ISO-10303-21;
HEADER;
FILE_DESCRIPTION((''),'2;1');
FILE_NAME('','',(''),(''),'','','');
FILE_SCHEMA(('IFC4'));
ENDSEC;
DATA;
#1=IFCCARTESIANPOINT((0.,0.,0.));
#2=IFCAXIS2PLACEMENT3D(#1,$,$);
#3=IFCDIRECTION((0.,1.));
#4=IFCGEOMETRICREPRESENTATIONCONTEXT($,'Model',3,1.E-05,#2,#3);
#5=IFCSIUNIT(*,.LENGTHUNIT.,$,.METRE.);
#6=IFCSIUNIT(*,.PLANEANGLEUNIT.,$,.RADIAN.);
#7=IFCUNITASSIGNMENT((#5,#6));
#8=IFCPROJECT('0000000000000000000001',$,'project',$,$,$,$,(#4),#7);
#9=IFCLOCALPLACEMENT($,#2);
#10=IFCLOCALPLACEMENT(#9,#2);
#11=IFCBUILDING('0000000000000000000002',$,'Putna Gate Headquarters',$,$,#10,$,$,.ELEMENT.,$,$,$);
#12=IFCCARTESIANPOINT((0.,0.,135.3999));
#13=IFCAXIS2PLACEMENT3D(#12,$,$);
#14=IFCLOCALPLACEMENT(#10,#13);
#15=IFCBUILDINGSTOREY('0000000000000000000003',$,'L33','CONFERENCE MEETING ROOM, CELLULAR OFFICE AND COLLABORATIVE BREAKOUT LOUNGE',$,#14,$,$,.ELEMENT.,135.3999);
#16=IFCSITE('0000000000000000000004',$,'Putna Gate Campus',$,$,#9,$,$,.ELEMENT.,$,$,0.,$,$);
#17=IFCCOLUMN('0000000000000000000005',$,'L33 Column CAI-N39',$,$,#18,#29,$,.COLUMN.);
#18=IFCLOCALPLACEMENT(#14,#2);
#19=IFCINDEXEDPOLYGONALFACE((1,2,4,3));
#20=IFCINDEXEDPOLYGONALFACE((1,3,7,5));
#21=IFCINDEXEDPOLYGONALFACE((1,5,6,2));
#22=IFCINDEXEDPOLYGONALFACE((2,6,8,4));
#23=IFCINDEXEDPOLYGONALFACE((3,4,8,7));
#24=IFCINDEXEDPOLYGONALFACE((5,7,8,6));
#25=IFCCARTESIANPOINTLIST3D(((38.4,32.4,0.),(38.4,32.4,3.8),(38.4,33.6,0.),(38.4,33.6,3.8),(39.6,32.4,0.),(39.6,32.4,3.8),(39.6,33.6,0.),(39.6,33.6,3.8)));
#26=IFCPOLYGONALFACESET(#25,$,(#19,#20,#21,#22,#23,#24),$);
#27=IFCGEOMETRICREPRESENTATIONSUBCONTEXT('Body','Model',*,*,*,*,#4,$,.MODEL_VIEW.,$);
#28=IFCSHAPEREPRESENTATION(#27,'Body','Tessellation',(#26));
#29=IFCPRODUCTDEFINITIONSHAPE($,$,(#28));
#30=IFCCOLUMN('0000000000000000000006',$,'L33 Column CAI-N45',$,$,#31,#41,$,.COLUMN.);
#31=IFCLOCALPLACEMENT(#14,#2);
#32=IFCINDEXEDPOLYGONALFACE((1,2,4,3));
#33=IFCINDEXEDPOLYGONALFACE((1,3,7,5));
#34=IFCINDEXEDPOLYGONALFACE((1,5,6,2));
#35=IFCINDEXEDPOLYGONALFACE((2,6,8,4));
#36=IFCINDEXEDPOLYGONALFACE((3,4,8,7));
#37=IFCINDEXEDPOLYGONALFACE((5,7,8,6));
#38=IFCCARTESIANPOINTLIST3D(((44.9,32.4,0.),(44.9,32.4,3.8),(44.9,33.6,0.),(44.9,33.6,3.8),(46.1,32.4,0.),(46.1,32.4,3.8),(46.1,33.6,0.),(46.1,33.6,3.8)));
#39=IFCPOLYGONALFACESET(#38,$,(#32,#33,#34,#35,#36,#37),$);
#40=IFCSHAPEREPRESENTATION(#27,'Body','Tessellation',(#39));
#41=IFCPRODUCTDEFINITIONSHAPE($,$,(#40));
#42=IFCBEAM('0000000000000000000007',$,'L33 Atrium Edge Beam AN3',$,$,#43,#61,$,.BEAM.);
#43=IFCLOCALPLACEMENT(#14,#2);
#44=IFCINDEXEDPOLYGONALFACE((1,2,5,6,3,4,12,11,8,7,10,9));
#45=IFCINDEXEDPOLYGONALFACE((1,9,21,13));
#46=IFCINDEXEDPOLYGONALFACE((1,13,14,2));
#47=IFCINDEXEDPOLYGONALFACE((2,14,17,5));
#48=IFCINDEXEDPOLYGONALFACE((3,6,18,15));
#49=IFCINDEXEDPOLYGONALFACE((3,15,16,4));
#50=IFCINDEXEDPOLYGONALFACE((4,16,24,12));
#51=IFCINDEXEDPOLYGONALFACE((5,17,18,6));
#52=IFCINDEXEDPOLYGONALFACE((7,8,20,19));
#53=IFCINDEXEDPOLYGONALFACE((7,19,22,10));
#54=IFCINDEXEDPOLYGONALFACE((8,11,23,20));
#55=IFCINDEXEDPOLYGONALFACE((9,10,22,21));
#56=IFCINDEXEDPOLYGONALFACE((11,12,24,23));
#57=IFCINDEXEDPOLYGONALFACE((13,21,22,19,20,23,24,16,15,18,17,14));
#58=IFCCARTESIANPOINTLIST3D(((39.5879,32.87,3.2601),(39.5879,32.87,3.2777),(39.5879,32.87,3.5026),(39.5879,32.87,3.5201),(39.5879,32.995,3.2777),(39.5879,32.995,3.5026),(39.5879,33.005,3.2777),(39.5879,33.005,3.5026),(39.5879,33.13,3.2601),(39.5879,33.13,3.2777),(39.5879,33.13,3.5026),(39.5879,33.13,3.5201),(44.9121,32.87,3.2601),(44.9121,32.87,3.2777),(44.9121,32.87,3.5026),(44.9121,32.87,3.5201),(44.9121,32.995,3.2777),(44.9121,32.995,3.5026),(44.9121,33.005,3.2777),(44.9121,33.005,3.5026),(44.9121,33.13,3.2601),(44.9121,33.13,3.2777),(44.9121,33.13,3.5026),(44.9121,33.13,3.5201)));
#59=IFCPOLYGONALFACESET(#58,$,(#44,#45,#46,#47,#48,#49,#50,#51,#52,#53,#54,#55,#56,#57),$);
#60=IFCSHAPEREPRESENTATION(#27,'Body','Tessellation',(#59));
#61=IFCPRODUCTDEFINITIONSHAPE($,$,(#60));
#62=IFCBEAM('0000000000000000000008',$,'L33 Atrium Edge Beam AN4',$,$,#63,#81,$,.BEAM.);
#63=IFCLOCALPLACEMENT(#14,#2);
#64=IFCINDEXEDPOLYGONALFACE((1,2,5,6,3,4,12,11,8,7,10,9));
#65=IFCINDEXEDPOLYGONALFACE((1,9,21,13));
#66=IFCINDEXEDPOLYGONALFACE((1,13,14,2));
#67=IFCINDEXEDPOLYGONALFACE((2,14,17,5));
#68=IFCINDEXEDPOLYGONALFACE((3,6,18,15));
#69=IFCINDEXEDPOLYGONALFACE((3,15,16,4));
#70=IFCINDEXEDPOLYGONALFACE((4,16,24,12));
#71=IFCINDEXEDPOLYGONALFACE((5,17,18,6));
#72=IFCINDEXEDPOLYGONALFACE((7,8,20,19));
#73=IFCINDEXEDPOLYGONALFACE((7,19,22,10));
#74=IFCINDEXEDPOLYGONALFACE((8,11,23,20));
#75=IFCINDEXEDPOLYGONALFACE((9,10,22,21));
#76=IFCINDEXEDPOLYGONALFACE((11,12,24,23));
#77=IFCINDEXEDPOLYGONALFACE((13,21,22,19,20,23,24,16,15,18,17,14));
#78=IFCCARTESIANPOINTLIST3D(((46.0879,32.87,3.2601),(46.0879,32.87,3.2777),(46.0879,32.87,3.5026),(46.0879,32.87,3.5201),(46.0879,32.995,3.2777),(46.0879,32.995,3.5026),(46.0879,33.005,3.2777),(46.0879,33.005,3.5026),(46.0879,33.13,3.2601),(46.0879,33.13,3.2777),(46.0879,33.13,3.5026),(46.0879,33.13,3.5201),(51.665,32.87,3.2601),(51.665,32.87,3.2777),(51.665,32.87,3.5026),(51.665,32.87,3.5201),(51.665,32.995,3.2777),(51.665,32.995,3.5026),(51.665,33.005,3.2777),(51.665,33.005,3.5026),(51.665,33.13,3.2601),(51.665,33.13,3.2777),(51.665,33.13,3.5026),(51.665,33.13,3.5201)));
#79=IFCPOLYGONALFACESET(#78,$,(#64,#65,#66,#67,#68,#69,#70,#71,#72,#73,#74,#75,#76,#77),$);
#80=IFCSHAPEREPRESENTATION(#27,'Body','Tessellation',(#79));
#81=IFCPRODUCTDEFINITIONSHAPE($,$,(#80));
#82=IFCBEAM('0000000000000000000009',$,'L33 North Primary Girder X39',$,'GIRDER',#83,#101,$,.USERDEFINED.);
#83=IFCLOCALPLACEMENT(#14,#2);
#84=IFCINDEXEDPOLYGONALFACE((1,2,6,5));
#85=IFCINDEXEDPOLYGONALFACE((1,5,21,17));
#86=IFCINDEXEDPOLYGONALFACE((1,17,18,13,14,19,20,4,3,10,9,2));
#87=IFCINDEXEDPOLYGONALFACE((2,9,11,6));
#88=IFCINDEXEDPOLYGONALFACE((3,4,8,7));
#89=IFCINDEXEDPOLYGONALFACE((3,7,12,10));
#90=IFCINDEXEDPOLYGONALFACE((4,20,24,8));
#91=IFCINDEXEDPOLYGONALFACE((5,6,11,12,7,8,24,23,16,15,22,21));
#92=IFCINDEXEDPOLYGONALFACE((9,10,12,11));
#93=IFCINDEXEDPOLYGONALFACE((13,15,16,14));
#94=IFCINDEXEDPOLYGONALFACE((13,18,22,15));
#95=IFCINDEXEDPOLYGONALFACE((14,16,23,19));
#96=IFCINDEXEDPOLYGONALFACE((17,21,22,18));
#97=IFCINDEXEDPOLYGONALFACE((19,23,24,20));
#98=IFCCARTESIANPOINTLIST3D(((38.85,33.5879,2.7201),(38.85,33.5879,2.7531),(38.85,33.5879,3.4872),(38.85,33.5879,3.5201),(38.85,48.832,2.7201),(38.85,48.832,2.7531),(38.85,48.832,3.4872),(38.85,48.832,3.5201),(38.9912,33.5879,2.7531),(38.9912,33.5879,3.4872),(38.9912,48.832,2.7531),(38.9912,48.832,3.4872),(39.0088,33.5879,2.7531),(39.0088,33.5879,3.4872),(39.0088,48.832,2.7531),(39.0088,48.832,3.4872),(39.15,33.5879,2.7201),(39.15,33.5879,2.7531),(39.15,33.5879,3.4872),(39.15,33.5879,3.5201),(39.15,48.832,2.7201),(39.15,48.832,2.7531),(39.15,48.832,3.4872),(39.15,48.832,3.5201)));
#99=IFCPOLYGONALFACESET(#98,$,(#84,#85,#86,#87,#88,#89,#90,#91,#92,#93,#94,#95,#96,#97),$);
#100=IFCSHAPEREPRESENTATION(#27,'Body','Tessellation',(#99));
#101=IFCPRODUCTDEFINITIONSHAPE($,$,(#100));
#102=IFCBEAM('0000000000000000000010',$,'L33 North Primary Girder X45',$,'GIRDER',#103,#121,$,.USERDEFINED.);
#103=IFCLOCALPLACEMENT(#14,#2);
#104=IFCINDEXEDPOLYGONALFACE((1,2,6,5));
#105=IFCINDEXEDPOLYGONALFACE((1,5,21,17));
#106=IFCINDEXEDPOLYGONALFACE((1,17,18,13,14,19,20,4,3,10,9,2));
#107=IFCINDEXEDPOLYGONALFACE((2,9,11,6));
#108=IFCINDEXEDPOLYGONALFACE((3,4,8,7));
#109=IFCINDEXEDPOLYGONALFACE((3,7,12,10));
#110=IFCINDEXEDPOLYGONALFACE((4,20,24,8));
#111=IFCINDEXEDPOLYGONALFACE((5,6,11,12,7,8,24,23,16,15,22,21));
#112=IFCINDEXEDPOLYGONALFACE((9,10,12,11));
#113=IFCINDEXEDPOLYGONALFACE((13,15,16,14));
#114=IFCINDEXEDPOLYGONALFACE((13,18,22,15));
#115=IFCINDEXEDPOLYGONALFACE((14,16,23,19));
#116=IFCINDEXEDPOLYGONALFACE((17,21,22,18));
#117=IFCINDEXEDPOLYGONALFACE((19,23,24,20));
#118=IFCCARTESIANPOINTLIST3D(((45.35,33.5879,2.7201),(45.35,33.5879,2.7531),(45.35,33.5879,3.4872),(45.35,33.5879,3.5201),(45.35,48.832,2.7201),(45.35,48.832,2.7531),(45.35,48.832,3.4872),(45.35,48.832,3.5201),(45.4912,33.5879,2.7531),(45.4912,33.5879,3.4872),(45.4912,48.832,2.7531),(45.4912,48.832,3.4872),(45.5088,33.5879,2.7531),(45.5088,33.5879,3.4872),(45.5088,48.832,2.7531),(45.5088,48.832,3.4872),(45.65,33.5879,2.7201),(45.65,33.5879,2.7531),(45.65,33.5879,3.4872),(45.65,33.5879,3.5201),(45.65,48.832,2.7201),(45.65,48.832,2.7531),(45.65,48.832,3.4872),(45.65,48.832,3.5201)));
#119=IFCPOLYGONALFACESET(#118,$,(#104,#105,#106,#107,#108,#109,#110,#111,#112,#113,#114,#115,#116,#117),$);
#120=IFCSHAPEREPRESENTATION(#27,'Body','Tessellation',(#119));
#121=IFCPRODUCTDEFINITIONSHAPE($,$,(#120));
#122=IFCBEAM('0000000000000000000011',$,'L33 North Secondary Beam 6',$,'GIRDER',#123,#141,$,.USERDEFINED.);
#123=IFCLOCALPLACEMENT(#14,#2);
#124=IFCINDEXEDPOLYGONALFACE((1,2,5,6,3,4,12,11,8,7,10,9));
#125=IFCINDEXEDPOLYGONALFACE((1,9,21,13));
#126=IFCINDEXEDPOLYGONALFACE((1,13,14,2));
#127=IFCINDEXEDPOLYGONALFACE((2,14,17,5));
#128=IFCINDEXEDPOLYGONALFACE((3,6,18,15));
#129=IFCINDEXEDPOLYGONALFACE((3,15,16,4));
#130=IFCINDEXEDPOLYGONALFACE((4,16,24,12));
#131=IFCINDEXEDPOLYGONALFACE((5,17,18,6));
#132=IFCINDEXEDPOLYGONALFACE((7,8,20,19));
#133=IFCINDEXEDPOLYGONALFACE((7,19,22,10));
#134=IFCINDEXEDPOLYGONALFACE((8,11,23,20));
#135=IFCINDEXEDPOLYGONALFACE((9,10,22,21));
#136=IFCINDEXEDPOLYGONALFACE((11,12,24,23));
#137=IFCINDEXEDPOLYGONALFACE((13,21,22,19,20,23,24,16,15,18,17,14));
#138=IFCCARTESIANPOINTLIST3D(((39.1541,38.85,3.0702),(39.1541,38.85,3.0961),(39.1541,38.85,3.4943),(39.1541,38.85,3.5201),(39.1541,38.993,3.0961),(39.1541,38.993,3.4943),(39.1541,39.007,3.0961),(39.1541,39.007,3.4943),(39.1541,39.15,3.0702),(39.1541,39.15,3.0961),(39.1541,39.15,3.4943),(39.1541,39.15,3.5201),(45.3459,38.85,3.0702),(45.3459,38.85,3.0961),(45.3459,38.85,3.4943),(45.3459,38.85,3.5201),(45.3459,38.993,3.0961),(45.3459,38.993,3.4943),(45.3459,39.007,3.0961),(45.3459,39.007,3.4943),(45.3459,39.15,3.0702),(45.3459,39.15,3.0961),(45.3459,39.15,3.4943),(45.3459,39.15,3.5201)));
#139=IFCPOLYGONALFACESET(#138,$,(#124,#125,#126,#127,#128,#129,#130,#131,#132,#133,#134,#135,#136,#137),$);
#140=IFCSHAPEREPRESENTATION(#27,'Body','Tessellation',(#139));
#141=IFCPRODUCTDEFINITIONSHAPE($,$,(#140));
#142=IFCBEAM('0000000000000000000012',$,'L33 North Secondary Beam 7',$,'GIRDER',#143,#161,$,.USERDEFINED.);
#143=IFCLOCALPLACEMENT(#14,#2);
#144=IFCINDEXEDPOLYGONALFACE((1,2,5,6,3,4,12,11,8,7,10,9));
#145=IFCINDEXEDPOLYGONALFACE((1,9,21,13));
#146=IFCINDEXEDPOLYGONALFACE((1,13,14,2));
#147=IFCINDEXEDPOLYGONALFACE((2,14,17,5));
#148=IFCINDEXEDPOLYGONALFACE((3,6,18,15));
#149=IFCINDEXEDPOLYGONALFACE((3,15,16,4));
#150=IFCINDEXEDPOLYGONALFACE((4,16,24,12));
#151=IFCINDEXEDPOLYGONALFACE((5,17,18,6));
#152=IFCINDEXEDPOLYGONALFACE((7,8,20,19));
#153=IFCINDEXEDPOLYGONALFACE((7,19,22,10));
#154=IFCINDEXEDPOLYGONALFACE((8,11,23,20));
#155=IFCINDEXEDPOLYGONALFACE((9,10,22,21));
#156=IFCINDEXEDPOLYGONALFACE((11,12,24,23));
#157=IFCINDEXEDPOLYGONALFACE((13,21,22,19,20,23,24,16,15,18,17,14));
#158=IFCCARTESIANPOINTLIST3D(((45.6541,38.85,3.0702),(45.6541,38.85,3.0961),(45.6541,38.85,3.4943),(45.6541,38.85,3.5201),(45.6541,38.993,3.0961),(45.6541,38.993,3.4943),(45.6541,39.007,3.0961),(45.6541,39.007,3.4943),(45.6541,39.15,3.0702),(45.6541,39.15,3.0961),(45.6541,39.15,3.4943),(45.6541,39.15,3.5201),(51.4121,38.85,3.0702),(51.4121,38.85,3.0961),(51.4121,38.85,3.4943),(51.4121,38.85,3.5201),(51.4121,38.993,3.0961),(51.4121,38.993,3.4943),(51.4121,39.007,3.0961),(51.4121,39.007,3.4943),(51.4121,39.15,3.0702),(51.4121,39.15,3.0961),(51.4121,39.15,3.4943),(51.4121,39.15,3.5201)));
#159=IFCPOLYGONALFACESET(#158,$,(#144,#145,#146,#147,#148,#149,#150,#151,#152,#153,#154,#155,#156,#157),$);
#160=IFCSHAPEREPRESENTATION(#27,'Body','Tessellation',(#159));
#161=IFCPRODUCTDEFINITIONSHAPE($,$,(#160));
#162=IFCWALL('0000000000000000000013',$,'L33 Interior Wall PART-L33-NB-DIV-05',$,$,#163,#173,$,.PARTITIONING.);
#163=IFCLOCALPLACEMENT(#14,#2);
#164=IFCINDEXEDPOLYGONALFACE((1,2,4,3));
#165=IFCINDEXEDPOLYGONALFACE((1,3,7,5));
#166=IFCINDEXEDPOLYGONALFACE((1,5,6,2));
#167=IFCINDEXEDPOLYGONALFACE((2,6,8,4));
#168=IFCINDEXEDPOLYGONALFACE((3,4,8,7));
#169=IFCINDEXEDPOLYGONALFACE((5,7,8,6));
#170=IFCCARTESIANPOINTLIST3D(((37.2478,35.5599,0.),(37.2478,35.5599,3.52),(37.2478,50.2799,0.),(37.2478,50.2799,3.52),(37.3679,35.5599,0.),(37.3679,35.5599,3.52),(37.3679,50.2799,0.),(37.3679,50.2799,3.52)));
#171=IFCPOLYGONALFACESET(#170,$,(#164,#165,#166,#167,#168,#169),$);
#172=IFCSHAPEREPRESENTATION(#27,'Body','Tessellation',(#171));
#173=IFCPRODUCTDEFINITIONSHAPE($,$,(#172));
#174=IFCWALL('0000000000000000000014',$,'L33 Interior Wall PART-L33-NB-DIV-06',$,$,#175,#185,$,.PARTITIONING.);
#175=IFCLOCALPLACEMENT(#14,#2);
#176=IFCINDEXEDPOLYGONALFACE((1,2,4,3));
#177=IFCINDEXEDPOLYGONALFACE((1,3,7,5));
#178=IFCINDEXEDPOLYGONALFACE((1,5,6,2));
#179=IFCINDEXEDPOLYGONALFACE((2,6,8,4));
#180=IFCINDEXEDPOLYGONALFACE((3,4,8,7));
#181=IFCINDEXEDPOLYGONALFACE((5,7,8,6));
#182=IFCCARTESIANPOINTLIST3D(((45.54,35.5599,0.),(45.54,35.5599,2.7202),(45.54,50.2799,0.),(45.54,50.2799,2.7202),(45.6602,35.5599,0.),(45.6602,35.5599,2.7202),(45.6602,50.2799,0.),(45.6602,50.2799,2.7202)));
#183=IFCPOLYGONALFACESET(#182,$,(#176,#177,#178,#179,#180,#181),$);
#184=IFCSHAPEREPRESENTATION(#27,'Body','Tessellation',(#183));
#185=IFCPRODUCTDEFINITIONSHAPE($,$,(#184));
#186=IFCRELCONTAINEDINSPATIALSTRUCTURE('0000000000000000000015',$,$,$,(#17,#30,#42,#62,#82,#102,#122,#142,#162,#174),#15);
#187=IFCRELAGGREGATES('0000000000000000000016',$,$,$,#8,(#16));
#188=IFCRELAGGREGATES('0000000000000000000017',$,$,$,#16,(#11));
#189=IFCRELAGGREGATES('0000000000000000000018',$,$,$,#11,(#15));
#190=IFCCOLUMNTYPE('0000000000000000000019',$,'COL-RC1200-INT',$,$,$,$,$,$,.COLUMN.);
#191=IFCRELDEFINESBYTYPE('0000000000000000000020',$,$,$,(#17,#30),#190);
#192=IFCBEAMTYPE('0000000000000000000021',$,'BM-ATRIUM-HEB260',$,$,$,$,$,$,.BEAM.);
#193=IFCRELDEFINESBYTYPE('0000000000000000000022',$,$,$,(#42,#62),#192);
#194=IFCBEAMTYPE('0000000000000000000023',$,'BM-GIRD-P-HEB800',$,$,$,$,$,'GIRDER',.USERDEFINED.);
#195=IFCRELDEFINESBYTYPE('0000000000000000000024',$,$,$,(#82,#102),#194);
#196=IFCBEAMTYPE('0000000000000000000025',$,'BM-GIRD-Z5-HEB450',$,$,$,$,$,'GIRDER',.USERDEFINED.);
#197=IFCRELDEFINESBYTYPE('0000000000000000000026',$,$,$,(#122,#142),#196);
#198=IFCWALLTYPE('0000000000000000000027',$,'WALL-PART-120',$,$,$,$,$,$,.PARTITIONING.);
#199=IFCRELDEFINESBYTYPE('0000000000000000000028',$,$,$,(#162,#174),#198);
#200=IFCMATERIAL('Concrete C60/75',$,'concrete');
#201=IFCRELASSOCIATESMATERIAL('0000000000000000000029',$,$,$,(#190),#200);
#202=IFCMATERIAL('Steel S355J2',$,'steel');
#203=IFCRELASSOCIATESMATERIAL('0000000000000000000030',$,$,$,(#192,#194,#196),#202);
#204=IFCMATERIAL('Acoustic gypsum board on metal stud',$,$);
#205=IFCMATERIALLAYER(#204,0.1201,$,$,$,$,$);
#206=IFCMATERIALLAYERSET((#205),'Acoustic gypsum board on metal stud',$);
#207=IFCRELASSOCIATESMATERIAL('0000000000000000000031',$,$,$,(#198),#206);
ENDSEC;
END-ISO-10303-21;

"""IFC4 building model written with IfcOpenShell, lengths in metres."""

from ifc_helpers import new_model, si_unit, direction, frame, frame_2d, origin, origin_2d, place, context, subcontext, project, spatial, rectangle, i_section, extrude, material, layer, layer_set, material_profile, profile_set, type_object, element, save


model = new_model("IFC4")

# Units and contexts
model_context = context("Model", 3, precision=1e-05, world=origin(), true_north=direction((0.0, 1.0)))
body_context = subcontext(model_context, "Body", "Model", "MODEL_VIEW")
ifc_project = project(units=[si_unit("LENGTHUNIT", "METRE"), si_unit("PLANEANGLEUNIT", "RADIAN")], contexts=[model_context])

# Site, building, storey
site_placement = place(None, origin())
site = spatial("IfcSite", under=ifc_project, at=site_placement, Name="Putna Gate Campus", CompositionType="ELEMENT", RefElevation=0.0)
building_placement = place(site_placement, origin())
building = spatial("IfcBuilding", under=site, at=building_placement, Name="Putna Gate Headquarters", CompositionType="ELEMENT")
storey_placement = place(building_placement, frame((0.0, 0.0, 135.3999)))
storey = spatial("IfcBuildingStorey", under=building, at=storey_placement, Name="L33", Description="CONFERENCE MEETING ROOM, CELLULAR OFFICE AND COLLABORATIVE BREAKOUT LOUNGE", CompositionType="ELEMENT", Elevation=135.3999)

# Columns
ifc_material_1 = material(Name="Concrete C60/75", Category="concrete")
ifc_material_profile_1 = material_profile(ifc_material_1, rectangle(XDim=1.2, YDim=1.2, at=origin_2d()), Name="Concrete C60/75")
ifc_profile_set_1 = profile_set([ifc_material_profile_1], Name="Concrete C60/75")
column_type = type_object("IfcColumnType", Name="COL-RC1200-INT", PredefinedType="COLUMN", material=ifc_profile_set_1)
for number, where, z_axis, x_axis, name in (
    (1, (39.0, 33.0, 0.0), (0.0, 0.0, 1.0), (1.0, 0.0, 0.0), "L33 Column CAI-N39"),
    (2, (45.5, 33.0, 0.0), (0.0, 0.0, 1.0), (1.0, 0.0, 0.0), "L33 Column CAI-N45"),
):
    element("IfcColumn", number, at=place(storey_placement, frame(where, z_axis=z_axis, x_axis=x_axis)), inside=storey, type_object=column_type, Name=name, PredefinedType="COLUMN", context=body_context, shape_type="SweptSolid", body=[
        extrude(rectangle(XDim=1.2, YDim=1.2, at=origin_2d()), origin(), (0.0, 0.0, 1.0), 3.8),
    ])

# Beams
ifc_material_2 = material(Name="Steel S355J2", Category="steel")
ifc_material_profile_2 = material_profile(ifc_material_2, i_section(OverallWidth=0.26, OverallDepth=0.26, WebThickness=0.01, FlangeThickness=0.0176, at=origin_2d()), Name="Steel S355J2")
ifc_profile_set_2 = profile_set([ifc_material_profile_2], Name="Steel S355J2")
beam_type_1 = type_object("IfcBeamType", Name="BM-ATRIUM-HEB260", PredefinedType="BEAM", material=ifc_profile_set_2)
beam_1_placement = place(storey_placement, frame((39.5879, 33.0, 3.3901), z_axis=(1.0, 0.0, 0.0), x_axis=(0.0, 1.0, 0.0)))
element("IfcBeam", 3, at=beam_1_placement, inside=storey, type_object=beam_type_1, Name="L33 Atrium Edge Beam AN3", PredefinedType="BEAM", context=body_context, shape_type="SweptSolid", body=[
    extrude(i_section(OverallWidth=0.26, OverallDepth=0.26, WebThickness=0.01, FlangeThickness=0.0176, at=origin_2d()), origin(), (0.0, 0.0, 1.0), 5.3242),
])
beam_2_placement = place(storey_placement, frame((46.0879, 33.0, 3.3901), z_axis=(1.0, 0.0, 0.0), x_axis=(0.0, 1.0, 0.0)))
element("IfcBeam", 4, at=beam_2_placement, inside=storey, type_object=beam_type_1, Name="L33 Atrium Edge Beam AN4", PredefinedType="BEAM", context=body_context, shape_type="SweptSolid", body=[
    extrude(i_section(OverallWidth=0.26, OverallDepth=0.26, WebThickness=0.01, FlangeThickness=0.0176, at=origin_2d()), origin(), (0.0, 0.0, 1.0), 5.5771),
])
ifc_material_profile_3 = material_profile(ifc_material_2, i_section(OverallWidth=0.3, OverallDepth=0.8, WebThickness=0.0176, FlangeThickness=0.033, at=origin_2d()), Name="Steel S355J2")
ifc_profile_set_3 = profile_set([ifc_material_profile_3], Name="Steel S355J2")
beam_type_2 = type_object("IfcBeamType", Name="BM-GIRD-P-HEB800", ElementType="GIRDER", PredefinedType="USERDEFINED", material=ifc_profile_set_3)
for number, where, z_axis, x_axis, name in (
    (5, (39.0, 33.5879, 3.1201), (0.0, 1.0, 0.0), (-1.0, 0.0, 0.0), "L33 North Primary Girder X39"),
    (6, (45.5, 33.5879, 3.1201), (0.0, 1.0, 0.0), (-1.0, 0.0, 0.0), "L33 North Primary Girder X45"),
):
    element("IfcBeam", number, at=place(storey_placement, frame(where, z_axis=z_axis, x_axis=x_axis)), inside=storey, type_object=beam_type_2, Name=name, ObjectType="GIRDER", PredefinedType="USERDEFINED", context=body_context, shape_type="SweptSolid", body=[
        extrude(i_section(OverallWidth=0.3, OverallDepth=0.8, WebThickness=0.0176, FlangeThickness=0.033, at=origin_2d()), origin(), (0.0, 0.0, 1.0), 15.2441),
    ])
ifc_material_profile_4 = material_profile(ifc_material_2, i_section(OverallWidth=0.3, OverallDepth=0.45, WebThickness=0.0139, FlangeThickness=0.0259, at=origin_2d()), Name="Steel S355J2")
ifc_profile_set_4 = profile_set([ifc_material_profile_4], Name="Steel S355J2")
beam_type_3 = type_object("IfcBeamType", Name="BM-GIRD-Z5-HEB450", ElementType="GIRDER", PredefinedType="USERDEFINED", material=ifc_profile_set_4)
beam_3_placement = place(storey_placement, frame((39.1541, 39.0, 3.2952), z_axis=(1.0, 0.0, 0.0), x_axis=(0.0, 1.0, 0.0)))
element("IfcBeam", 7, at=beam_3_placement, inside=storey, type_object=beam_type_3, Name="L33 North Secondary Beam 6", ObjectType="GIRDER", PredefinedType="USERDEFINED", context=body_context, shape_type="SweptSolid", body=[
    extrude(i_section(OverallWidth=0.3, OverallDepth=0.45, WebThickness=0.0139, FlangeThickness=0.0259, at=origin_2d()), origin(), (0.0, 0.0, 1.0), 6.1919),
])
beam_4_placement = place(storey_placement, frame((45.6541, 39.0, 3.2952), z_axis=(1.0, 0.0, 0.0), x_axis=(0.0, 1.0, 0.0)))
element("IfcBeam", 8, at=beam_4_placement, inside=storey, type_object=beam_type_3, Name="L33 North Secondary Beam 7", ObjectType="GIRDER", PredefinedType="USERDEFINED", context=body_context, shape_type="SweptSolid", body=[
    extrude(i_section(OverallWidth=0.3, OverallDepth=0.45, WebThickness=0.0139, FlangeThickness=0.0259, at=origin_2d()), origin(), (0.0, 0.0, 1.0), 5.7581),
])

# Walls
ifc_material_3 = material(Name="Acoustic gypsum board on metal stud")
ifc_layer_1 = layer(ifc_material_3, 0.1201)
ifc_layer_set_1 = layer_set([ifc_layer_1], Name="Acoustic gypsum board on metal stud")
wall_type_1 = type_object("IfcWallType", Name="WALL-PART-120", PredefinedType="PARTITIONING", material=ifc_layer_set_1)
wall_1_placement = place(storey_placement, frame((37.3079, 35.5601, 0.0), z_axis=(0.0, 0.0, 1.0), x_axis=(0.0, 1.0, 0.0)))
element("IfcWall", 9, at=wall_1_placement, inside=storey, type_object=wall_type_1, Name="L33 Interior Wall PART-L33-NB-DIV-05", PredefinedType="PARTITIONING", context=body_context, shape_type="SweptSolid", body=[
    extrude(rectangle(XDim=14.72, YDim=0.1201, at=frame_2d((7.3599, 0.0))), origin(), (0.0, 0.0, 1.0), 3.52),
])
wall_2_placement = place(storey_placement, frame((45.6001, 35.5601, 0.0), z_axis=(0.0, 0.0, 1.0), x_axis=(0.0, 1.0, 0.0)))
element("IfcWall", 10, at=wall_2_placement, inside=storey, type_object=wall_type_1, Name="L33 Interior Wall PART-L33-NB-DIV-06", PredefinedType="PARTITIONING", context=body_context, shape_type="SweptSolid", body=[
    extrude(rectangle(XDim=14.72, YDim=0.1201, at=frame_2d((7.3599, 0.0))), origin(), (0.0, 0.0, 1.0), 2.7202),
])

save(model, "model.ifc")
